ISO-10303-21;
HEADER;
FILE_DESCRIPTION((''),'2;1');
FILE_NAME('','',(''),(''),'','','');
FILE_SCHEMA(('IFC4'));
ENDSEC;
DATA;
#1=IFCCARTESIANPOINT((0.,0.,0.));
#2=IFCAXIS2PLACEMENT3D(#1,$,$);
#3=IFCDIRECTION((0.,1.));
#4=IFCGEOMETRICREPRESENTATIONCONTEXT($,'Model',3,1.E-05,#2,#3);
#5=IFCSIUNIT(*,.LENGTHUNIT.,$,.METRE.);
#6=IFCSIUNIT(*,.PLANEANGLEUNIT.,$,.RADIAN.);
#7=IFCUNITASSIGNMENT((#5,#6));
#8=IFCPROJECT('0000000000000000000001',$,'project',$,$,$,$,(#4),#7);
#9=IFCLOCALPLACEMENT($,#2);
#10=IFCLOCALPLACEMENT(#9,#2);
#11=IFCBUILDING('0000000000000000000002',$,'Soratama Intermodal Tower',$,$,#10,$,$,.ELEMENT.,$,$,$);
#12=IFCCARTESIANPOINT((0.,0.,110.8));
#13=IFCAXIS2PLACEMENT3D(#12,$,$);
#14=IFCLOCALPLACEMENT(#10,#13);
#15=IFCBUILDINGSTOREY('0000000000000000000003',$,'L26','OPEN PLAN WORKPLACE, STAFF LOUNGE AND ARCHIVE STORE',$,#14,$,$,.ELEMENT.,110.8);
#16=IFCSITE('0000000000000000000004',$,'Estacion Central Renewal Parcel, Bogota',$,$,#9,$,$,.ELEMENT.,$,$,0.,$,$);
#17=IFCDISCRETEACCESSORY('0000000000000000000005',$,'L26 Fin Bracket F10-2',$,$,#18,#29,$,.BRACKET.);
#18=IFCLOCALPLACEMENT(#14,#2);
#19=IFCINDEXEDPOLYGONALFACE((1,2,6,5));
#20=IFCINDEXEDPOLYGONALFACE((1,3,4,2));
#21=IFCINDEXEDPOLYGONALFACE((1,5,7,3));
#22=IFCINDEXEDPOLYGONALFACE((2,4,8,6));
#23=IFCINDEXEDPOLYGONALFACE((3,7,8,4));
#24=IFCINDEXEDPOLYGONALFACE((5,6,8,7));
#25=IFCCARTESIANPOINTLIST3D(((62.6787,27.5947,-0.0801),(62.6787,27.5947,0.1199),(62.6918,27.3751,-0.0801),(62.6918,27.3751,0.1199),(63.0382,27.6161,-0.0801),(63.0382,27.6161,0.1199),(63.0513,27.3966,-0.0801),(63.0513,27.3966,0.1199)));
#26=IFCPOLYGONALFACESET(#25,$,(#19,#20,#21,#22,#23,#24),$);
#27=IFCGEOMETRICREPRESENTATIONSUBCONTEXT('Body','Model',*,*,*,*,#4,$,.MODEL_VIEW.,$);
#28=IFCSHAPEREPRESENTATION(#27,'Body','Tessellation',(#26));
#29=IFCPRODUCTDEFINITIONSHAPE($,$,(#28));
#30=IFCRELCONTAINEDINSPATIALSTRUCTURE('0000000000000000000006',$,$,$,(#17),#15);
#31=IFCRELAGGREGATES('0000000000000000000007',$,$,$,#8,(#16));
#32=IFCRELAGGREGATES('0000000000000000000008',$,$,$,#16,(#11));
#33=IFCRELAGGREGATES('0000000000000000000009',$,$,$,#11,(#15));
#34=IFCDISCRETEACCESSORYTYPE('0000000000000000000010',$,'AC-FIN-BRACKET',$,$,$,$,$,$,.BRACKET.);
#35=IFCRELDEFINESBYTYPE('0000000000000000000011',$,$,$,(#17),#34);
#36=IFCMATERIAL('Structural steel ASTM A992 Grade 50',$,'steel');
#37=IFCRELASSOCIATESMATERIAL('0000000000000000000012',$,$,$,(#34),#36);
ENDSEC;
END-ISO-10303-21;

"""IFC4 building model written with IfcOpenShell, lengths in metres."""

from ifc_helpers import new_model, si_unit, direction, frame, origin, origin_2d, place, context, subcontext, project, spatial, rectangle, extrude, material, type_object, element, save


model = new_model("IFC4")

# Units and contexts
model_context = context("Model", 3, precision=1e-05, world=origin(), true_north=direction((0.0, 1.0)))
body_context = subcontext(model_context, "Body", "Model", "MODEL_VIEW")
ifc_project = project(units=[si_unit("LENGTHUNIT", "METRE"), si_unit("PLANEANGLEUNIT", "RADIAN")], contexts=[model_context])

# Site, building, storey
site_placement = place(None, origin())
site = spatial("IfcSite", under=ifc_project, at=site_placement, Name="Estacion Central Renewal Parcel, Bogota", CompositionType="ELEMENT", RefElevation=0.0)
building_placement = place(site_placement, origin())
building = spatial("IfcBuilding", under=site, at=building_placement, Name="Soratama Intermodal Tower", CompositionType="ELEMENT")
storey_placement = place(building_placement, frame((0.0, 0.0, 110.8)))
storey = spatial("IfcBuildingStorey", under=building, at=storey_placement, Name="L26", Description="OPEN PLAN WORKPLACE, STAFF LOUNGE AND ARCHIVE STORE", CompositionType="ELEMENT", Elevation=110.8)

# Discrete accessory
ifc_material_1 = material(Name="Structural steel ASTM A992 Grade 50", Category="steel")
discrete_accessory_type = type_object("IfcDiscreteAccessoryType", Name="AC-FIN-BRACKET", PredefinedType="BRACKET", material=ifc_material_1)
discrete_accessory_placement = place(storey_placement, frame((62.865, 27.4956, -0.0801), z_axis=(0.0, 0.0, 1.0), x_axis=(0.998219, 0.059655, 0.0)))
element("IfcDiscreteAccessory", 1, at=discrete_accessory_placement, inside=storey, type_object=discrete_accessory_type, Name="L26 Fin Bracket F10-2", PredefinedType="BRACKET", context=body_context, shape_type="SweptSolid", body=[
    extrude(rectangle(XDim=0.3601, YDim=0.22, at=origin_2d()), origin(), (0.0, 0.0, 1.0), 0.2),
])

save(model, "model.ifc")
